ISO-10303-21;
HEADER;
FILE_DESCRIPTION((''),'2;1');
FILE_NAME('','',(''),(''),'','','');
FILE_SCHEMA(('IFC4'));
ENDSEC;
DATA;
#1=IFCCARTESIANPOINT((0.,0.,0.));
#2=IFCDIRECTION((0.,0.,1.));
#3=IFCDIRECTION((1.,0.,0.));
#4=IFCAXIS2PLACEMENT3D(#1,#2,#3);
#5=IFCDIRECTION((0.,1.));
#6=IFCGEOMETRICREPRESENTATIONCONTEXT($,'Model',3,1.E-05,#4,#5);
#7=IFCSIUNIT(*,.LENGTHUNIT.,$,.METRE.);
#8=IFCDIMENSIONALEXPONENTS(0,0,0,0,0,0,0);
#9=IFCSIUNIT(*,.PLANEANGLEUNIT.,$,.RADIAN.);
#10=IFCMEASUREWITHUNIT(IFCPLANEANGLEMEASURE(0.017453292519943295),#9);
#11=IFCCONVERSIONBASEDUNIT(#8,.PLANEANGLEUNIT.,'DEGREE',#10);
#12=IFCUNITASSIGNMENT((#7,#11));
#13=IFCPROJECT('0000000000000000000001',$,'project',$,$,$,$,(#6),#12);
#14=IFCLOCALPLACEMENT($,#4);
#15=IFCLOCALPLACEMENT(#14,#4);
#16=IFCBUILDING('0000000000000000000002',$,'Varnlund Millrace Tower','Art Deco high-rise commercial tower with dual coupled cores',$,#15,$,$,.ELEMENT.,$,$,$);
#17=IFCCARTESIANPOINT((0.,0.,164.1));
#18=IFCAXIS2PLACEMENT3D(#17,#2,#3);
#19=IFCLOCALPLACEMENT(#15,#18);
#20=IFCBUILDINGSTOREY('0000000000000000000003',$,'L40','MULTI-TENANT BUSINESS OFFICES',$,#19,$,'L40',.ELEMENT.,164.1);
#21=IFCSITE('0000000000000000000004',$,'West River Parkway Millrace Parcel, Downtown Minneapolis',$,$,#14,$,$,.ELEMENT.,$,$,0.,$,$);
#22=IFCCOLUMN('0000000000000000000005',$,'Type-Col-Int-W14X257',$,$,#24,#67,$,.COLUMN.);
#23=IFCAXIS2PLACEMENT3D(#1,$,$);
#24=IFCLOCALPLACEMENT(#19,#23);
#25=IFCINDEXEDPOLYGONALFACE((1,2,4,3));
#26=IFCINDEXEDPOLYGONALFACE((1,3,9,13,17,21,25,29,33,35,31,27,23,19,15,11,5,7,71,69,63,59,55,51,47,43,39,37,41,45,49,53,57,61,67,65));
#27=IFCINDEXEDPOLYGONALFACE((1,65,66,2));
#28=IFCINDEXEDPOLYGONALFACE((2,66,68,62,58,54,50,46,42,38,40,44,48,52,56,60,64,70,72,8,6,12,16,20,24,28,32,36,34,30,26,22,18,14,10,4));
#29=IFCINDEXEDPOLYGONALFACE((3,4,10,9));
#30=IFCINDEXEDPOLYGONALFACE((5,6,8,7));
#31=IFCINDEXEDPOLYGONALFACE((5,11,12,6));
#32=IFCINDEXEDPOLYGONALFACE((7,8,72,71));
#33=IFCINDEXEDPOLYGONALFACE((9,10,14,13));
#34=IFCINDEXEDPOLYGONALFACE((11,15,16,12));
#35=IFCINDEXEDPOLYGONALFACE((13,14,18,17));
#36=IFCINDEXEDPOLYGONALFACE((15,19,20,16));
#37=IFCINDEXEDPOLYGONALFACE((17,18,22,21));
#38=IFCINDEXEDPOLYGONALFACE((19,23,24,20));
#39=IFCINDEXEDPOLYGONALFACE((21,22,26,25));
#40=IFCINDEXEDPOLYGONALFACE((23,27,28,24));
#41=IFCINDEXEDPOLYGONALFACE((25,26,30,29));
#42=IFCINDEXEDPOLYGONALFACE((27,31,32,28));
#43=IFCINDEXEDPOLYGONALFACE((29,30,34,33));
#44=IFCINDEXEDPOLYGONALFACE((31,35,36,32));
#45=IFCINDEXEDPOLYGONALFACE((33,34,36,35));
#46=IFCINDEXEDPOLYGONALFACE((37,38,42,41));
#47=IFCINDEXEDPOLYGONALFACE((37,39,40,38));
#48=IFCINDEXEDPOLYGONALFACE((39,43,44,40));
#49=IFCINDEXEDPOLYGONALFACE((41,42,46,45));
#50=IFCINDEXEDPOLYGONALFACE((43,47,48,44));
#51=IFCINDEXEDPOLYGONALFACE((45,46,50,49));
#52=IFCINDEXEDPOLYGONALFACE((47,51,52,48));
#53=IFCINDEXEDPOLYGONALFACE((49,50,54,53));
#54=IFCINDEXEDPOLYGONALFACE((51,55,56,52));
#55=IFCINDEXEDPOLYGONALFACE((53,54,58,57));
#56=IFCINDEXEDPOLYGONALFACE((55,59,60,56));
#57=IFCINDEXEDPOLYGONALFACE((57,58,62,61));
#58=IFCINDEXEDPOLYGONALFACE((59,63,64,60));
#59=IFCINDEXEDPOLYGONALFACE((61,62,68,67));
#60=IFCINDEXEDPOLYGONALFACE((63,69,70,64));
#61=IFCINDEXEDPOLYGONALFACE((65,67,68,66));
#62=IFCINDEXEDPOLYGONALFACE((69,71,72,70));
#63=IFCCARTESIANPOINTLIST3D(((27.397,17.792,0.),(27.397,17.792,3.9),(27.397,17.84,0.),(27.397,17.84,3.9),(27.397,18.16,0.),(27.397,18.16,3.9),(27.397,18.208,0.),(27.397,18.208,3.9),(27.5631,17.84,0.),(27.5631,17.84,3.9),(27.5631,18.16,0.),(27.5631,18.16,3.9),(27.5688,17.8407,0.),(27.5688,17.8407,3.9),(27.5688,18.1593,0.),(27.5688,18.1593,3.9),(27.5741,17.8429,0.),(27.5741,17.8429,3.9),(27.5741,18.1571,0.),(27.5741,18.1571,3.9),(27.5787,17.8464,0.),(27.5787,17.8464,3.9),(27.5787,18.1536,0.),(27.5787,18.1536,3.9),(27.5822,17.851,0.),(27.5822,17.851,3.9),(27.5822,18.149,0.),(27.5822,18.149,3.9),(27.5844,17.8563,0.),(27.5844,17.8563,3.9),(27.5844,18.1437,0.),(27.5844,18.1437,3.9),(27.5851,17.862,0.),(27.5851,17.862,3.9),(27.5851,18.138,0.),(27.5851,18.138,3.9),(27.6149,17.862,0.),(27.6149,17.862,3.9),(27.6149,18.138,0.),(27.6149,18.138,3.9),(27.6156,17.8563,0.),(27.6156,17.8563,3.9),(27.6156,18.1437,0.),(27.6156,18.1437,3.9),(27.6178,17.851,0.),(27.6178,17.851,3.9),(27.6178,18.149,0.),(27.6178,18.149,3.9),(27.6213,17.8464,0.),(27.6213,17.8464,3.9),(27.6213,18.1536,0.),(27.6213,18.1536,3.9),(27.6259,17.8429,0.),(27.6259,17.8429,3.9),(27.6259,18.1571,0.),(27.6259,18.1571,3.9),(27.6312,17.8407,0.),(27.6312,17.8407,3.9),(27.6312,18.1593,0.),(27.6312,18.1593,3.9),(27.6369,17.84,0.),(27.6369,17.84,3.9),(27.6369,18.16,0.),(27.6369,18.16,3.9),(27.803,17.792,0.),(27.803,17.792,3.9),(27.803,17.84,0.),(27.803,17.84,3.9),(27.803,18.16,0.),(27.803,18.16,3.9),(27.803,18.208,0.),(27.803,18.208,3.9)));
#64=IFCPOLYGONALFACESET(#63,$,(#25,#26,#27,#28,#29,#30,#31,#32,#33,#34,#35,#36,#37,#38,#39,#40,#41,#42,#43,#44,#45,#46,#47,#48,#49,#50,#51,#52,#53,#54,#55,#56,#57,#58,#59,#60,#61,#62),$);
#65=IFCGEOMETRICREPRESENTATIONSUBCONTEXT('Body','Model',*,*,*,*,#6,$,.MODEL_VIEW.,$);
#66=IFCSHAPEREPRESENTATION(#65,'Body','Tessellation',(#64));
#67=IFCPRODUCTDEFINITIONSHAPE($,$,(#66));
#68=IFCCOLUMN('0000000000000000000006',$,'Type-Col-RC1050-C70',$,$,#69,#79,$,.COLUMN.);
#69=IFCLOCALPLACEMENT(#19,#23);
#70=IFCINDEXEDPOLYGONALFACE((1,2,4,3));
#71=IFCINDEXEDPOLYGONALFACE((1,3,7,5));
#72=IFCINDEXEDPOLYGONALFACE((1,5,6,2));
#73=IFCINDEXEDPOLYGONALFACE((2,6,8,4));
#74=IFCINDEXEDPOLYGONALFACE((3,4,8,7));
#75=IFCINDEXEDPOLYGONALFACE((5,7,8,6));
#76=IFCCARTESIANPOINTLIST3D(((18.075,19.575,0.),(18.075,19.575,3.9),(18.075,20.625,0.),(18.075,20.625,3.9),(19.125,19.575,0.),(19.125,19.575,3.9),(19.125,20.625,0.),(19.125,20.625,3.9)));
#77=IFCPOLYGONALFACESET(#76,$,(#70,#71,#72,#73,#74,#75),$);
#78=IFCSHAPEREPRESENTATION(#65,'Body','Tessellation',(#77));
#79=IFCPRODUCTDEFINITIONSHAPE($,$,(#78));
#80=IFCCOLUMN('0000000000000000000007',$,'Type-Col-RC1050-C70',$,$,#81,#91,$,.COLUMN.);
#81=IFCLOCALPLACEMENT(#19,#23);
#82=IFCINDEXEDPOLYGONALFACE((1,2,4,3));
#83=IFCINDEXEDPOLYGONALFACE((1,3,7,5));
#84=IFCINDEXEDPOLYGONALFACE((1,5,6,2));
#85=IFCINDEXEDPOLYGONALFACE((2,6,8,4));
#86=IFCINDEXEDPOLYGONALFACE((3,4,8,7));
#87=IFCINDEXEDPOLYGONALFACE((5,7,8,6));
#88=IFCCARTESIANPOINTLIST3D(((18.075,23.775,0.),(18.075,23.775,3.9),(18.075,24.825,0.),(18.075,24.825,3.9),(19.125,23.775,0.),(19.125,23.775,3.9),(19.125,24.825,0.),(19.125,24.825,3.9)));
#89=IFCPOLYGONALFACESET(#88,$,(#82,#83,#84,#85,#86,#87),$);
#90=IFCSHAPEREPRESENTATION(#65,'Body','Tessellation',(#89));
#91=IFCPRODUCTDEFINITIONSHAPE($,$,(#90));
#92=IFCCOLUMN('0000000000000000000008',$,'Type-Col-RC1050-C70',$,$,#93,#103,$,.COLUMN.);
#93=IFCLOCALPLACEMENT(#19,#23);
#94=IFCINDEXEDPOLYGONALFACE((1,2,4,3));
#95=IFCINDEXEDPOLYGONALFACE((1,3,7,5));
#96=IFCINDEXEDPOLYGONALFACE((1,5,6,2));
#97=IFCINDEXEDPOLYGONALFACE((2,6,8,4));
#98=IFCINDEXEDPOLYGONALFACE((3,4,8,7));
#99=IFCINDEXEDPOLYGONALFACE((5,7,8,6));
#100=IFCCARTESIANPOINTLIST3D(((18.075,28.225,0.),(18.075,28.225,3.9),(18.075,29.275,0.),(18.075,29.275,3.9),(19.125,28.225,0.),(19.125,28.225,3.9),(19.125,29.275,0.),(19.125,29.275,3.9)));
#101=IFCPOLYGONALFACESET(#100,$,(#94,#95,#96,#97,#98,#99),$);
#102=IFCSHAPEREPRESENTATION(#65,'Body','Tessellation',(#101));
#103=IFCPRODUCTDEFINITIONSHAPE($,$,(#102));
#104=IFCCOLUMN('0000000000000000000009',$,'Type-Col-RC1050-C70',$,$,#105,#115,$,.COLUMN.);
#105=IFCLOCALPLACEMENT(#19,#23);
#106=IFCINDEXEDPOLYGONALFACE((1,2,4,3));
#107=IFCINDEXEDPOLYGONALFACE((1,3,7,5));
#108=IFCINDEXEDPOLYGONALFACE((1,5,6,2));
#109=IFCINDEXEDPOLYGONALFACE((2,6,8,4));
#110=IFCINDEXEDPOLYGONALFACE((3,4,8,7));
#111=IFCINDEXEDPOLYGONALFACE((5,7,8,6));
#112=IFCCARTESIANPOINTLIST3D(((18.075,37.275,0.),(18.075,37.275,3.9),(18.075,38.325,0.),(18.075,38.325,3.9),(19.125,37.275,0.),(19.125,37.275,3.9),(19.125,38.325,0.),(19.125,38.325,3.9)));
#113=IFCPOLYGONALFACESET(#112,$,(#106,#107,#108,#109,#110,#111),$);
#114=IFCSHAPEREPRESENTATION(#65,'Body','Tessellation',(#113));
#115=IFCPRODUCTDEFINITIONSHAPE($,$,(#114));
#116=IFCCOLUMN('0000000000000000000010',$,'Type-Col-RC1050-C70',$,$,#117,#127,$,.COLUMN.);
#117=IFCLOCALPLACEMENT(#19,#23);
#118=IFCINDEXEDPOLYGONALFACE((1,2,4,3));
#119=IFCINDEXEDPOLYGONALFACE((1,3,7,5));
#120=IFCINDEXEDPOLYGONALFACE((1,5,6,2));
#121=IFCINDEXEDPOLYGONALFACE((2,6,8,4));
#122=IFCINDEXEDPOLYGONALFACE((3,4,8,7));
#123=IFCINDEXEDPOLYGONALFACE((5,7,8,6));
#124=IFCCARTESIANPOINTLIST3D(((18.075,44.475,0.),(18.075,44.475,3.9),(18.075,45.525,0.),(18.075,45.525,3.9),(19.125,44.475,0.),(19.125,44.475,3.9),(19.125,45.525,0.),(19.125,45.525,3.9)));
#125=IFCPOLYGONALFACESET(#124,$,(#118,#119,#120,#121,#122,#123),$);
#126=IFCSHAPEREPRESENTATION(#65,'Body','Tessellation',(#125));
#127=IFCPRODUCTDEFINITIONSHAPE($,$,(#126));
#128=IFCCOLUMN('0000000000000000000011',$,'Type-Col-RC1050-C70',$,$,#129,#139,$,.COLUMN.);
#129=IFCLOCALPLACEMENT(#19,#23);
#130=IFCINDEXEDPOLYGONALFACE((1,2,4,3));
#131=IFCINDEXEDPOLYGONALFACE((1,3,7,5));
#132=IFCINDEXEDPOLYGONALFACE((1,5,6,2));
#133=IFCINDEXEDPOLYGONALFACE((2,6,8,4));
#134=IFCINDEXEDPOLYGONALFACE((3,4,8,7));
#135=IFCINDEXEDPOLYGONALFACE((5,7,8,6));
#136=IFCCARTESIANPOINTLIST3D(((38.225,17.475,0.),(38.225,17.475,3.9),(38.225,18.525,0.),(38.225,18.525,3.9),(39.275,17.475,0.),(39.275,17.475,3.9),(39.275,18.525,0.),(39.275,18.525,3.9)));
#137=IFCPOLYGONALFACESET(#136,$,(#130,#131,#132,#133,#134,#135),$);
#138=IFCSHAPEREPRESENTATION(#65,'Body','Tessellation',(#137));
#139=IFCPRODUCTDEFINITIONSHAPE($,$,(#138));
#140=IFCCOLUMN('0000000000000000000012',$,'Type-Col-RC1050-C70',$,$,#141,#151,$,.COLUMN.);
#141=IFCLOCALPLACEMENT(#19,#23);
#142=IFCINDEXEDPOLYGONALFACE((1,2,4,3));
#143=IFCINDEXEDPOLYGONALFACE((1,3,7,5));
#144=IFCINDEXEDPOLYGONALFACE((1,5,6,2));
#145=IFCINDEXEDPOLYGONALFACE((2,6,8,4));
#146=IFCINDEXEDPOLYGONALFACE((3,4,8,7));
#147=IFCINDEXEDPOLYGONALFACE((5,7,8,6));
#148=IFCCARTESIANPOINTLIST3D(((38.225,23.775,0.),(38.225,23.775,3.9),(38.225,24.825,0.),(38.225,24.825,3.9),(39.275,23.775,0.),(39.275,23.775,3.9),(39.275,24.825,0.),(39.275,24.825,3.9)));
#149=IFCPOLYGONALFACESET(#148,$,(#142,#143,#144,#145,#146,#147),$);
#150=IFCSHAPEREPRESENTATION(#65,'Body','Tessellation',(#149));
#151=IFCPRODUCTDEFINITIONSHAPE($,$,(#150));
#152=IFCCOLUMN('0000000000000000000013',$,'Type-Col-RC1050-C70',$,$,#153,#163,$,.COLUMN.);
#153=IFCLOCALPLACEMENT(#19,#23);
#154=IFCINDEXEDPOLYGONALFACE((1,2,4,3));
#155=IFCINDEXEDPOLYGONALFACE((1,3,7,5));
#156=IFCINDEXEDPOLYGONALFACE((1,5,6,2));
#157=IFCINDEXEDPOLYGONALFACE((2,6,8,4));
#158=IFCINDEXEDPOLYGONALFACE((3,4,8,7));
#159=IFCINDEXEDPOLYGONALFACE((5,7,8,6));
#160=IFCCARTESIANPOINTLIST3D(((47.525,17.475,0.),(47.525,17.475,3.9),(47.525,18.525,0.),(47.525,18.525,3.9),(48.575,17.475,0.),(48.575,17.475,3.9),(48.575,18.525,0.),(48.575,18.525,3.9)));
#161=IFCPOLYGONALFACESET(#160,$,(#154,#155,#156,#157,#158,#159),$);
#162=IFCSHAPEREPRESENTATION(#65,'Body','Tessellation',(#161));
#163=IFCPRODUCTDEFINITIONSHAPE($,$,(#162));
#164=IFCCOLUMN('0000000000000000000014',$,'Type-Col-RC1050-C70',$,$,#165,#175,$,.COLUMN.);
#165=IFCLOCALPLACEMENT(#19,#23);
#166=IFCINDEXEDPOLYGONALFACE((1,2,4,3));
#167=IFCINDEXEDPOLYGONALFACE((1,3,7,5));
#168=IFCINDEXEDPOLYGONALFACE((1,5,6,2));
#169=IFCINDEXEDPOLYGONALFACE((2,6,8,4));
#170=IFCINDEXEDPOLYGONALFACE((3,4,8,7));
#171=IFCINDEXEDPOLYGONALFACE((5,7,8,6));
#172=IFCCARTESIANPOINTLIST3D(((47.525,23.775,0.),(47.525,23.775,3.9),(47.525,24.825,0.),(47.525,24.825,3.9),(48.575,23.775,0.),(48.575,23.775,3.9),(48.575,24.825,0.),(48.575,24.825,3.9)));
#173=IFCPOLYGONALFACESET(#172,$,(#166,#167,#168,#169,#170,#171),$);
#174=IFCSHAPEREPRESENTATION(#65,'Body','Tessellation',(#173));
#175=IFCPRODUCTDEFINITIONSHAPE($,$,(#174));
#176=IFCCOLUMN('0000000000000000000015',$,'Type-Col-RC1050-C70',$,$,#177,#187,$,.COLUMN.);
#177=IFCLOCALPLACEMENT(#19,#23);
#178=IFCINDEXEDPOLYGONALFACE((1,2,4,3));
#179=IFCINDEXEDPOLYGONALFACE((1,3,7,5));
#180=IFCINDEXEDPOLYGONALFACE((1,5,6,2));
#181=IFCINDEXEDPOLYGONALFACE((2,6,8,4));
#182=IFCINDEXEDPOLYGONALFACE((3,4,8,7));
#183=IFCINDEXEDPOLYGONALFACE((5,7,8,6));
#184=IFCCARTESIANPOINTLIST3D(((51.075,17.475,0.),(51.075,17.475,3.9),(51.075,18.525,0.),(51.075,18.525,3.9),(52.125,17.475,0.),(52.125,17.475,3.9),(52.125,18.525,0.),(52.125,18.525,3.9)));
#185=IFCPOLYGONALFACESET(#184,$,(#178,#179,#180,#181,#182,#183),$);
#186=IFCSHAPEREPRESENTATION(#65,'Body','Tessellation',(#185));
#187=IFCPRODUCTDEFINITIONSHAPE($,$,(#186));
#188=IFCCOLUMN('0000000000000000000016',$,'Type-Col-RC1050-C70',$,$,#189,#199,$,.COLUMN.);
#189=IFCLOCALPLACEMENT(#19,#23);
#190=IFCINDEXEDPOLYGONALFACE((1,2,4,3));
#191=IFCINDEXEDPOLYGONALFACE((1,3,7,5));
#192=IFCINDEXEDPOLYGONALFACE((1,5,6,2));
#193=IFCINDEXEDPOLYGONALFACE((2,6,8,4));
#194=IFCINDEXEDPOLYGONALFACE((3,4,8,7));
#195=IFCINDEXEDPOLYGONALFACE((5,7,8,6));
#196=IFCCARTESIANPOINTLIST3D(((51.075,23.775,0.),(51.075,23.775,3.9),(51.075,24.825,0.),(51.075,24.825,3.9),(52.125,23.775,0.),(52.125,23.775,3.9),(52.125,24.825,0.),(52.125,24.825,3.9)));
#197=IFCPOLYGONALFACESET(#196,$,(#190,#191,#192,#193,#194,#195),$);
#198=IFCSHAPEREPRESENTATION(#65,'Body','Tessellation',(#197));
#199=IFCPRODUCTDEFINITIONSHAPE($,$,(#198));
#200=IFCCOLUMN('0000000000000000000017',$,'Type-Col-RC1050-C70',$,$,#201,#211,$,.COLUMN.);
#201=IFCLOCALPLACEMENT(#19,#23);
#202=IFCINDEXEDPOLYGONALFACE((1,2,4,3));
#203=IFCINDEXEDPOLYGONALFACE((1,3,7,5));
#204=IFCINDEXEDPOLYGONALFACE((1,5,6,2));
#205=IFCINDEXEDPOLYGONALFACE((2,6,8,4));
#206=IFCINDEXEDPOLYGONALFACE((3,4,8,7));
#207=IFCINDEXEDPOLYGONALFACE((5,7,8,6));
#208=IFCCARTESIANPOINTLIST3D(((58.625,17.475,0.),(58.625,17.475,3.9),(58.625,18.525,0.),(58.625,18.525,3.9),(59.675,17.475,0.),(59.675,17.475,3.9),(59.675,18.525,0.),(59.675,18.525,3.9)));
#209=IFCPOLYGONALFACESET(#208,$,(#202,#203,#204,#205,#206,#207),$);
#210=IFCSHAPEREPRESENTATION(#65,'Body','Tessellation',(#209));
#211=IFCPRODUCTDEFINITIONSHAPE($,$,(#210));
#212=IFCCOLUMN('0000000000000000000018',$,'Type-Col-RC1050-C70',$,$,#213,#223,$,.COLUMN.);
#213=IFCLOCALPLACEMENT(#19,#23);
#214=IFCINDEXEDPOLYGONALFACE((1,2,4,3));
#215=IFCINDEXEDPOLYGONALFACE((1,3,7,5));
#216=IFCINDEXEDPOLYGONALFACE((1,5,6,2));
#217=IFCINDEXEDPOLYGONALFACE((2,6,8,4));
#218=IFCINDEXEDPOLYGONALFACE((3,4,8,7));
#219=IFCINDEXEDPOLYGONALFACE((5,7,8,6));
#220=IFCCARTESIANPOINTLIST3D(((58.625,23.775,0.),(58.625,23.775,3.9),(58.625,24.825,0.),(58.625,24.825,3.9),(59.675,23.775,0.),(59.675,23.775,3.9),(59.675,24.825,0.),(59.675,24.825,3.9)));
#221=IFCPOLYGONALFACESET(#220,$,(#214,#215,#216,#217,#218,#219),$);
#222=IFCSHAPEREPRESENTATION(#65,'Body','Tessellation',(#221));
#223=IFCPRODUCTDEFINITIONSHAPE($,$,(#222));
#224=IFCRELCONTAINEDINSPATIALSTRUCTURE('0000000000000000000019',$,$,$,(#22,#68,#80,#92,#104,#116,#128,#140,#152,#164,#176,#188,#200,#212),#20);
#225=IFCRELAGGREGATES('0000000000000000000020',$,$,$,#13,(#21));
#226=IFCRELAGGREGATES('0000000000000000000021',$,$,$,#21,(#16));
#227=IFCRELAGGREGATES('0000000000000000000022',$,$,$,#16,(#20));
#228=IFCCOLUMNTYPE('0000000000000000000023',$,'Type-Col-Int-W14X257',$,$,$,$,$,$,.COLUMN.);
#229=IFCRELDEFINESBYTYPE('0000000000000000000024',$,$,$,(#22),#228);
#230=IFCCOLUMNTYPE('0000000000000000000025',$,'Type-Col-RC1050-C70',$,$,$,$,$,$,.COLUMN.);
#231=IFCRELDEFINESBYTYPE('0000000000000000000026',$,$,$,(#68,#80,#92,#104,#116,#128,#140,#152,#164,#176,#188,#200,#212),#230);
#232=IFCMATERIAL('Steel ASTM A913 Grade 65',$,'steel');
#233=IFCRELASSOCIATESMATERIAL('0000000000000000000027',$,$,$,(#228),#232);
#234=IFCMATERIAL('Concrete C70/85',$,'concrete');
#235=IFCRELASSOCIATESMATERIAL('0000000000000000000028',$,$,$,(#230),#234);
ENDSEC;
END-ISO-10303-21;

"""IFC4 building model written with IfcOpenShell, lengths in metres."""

from ifc_helpers import new_model, entity, si_unit, converted_unit, direction, frame, origin_with_axes, origin_2d_with_axis, place, context, subcontext, project, spatial, rectangle, i_section, extrude, material, material_profile, profile_set, type_object, element, save


model = new_model("IFC4")

# Units and contexts
model_context = context("Model", 3, precision=1e-05, world=origin_with_axes(), true_north=direction((0.0, 1.0)))
body_context = subcontext(model_context, "Body", "Model", "MODEL_VIEW")
ifc_project = project(units=[si_unit("LENGTHUNIT", "METRE"), converted_unit("PLANEANGLEUNIT", "DEGREE", entity("IfcPlaneAngleMeasure", 0.017453292519943295), si_unit("PLANEANGLEUNIT", "RADIAN"), dimensions=[0, 0, 0, 0, 0, 0, 0])], contexts=[model_context])

# Site, building, storey
site_placement = place(None, origin_with_axes())
site = spatial("IfcSite", under=ifc_project, at=site_placement, Name="West River Parkway Millrace Parcel, Downtown Minneapolis", CompositionType="ELEMENT", RefElevation=0.0)
building_placement = place(site_placement, origin_with_axes())
building = spatial("IfcBuilding", under=site, at=building_placement, Name="Varnlund Millrace Tower", Description="Art Deco high-rise commercial tower with dual coupled cores", CompositionType="ELEMENT")
storey_placement = place(building_placement, frame((0.0, 0.0, 164.1), z_axis=(0.0, 0.0, 1.0), x_axis=(1.0, 0.0, 0.0)))
storey = spatial("IfcBuildingStorey", under=building, at=storey_placement, Name="L40", Description="MULTI-TENANT BUSINESS OFFICES", LongName="L40", CompositionType="ELEMENT", Elevation=164.1)

# Columns
ifc_material_1 = material(Name="Steel ASTM A913 Grade 65", Category="steel")
ifc_material_profile_1 = material_profile(ifc_material_1, i_section(OverallWidth=0.406, OverallDepth=0.416, WebThickness=0.0298, FlangeThickness=0.048, FilletRadius=0.022, at=origin_2d_with_axis()), Name="Steel ASTM A913 Grade 65")
ifc_profile_set_1 = profile_set([ifc_material_profile_1], Name="Steel ASTM A913 Grade 65")
column_type_1 = type_object("IfcColumnType", Name="Type-Col-Int-W14X257", PredefinedType="COLUMN", material=ifc_profile_set_1)
column_placement = place(storey_placement, frame((27.6, 18.0, 0.0), z_axis=(0.0, 0.0, 1.0), x_axis=(1.0, 0.0, 0.0)))
element("IfcColumn", 1, at=column_placement, inside=storey, type_object=column_type_1, Name="Type-Col-Int-W14X257", PredefinedType="COLUMN", context=body_context, shape_type="SweptSolid", body=[
    extrude(i_section(OverallWidth=0.406, OverallDepth=0.416, WebThickness=0.0298, FlangeThickness=0.048, FilletRadius=0.022, at=origin_2d_with_axis()), origin_with_axes(), (0.0, 0.0, 1.0), 3.9),
])
ifc_material_2 = material(Name="Concrete C70/85", Category="concrete")
ifc_material_profile_2 = material_profile(ifc_material_2, rectangle(XDim=1.05, YDim=1.05, at=origin_2d_with_axis()), Name="Concrete C70/85")
ifc_profile_set_2 = profile_set([ifc_material_profile_2], Name="Concrete C70/85")
column_type_2 = type_object("IfcColumnType", Name="Type-Col-RC1050-C70", PredefinedType="COLUMN", material=ifc_profile_set_2)
for number, where, z_axis, x_axis, name in (
    (2, (18.6, 20.1, 0.0), (0.0, 0.0, 1.0), (1.0, 0.0, 0.0), "Type-Col-RC1050-C70"),
    (3, (18.6, 24.3, 0.0), (0.0, 0.0, 1.0), (1.0, 0.0, 0.0), "Type-Col-RC1050-C70"),
    (4, (18.6, 28.75, 0.0), (0.0, 0.0, 1.0), (1.0, 0.0, 0.0), "Type-Col-RC1050-C70"),
    (5, (18.6, 37.8, 0.0), (0.0, 0.0, 1.0), (1.0, 0.0, 0.0), "Type-Col-RC1050-C70"),
    (6, (18.6, 45.0, 0.0), (0.0, 0.0, 1.0), (1.0, 0.0, 0.0), "Type-Col-RC1050-C70"),
    (7, (38.75, 18.0, 0.0), (0.0, 0.0, 1.0), (1.0, 0.0, 0.0), "Type-Col-RC1050-C70"),
    (8, (38.75, 24.3, 0.0), (0.0, 0.0, 1.0), (1.0, 0.0, 0.0), "Type-Col-RC1050-C70"),
    (9, (48.05, 18.0, 0.0), (0.0, 0.0, 1.0), (1.0, 0.0, 0.0), "Type-Col-RC1050-C70"),
    (10, (48.05, 24.3, 0.0), (0.0, 0.0, 1.0), (1.0, 0.0, 0.0), "Type-Col-RC1050-C70"),
    (11, (51.6, 18.0, 0.0), (0.0, 0.0, 1.0), (1.0, 0.0, 0.0), "Type-Col-RC1050-C70"),
    (12, (51.6, 24.3, 0.0), (0.0, 0.0, 1.0), (1.0, 0.0, 0.0), "Type-Col-RC1050-C70"),
    (13, (59.15, 18.0, 0.0), (0.0, 0.0, 1.0), (1.0, 0.0, 0.0), "Type-Col-RC1050-C70"),
    (14, (59.15, 24.3, 0.0), (0.0, 0.0, 1.0), (1.0, 0.0, 0.0), "Type-Col-RC1050-C70"),
):
    element("IfcColumn", number, at=place(storey_placement, frame(where, z_axis=z_axis, x_axis=x_axis)), inside=storey, type_object=column_type_2, Name=name, PredefinedType="COLUMN", context=body_context, shape_type="SweptSolid", body=[
        extrude(rectangle(XDim=1.05, YDim=1.05, at=origin_2d_with_axis()), origin_with_axes(), (0.0, 0.0, 1.0), 3.9),
    ])

save(model, "model.ifc")
